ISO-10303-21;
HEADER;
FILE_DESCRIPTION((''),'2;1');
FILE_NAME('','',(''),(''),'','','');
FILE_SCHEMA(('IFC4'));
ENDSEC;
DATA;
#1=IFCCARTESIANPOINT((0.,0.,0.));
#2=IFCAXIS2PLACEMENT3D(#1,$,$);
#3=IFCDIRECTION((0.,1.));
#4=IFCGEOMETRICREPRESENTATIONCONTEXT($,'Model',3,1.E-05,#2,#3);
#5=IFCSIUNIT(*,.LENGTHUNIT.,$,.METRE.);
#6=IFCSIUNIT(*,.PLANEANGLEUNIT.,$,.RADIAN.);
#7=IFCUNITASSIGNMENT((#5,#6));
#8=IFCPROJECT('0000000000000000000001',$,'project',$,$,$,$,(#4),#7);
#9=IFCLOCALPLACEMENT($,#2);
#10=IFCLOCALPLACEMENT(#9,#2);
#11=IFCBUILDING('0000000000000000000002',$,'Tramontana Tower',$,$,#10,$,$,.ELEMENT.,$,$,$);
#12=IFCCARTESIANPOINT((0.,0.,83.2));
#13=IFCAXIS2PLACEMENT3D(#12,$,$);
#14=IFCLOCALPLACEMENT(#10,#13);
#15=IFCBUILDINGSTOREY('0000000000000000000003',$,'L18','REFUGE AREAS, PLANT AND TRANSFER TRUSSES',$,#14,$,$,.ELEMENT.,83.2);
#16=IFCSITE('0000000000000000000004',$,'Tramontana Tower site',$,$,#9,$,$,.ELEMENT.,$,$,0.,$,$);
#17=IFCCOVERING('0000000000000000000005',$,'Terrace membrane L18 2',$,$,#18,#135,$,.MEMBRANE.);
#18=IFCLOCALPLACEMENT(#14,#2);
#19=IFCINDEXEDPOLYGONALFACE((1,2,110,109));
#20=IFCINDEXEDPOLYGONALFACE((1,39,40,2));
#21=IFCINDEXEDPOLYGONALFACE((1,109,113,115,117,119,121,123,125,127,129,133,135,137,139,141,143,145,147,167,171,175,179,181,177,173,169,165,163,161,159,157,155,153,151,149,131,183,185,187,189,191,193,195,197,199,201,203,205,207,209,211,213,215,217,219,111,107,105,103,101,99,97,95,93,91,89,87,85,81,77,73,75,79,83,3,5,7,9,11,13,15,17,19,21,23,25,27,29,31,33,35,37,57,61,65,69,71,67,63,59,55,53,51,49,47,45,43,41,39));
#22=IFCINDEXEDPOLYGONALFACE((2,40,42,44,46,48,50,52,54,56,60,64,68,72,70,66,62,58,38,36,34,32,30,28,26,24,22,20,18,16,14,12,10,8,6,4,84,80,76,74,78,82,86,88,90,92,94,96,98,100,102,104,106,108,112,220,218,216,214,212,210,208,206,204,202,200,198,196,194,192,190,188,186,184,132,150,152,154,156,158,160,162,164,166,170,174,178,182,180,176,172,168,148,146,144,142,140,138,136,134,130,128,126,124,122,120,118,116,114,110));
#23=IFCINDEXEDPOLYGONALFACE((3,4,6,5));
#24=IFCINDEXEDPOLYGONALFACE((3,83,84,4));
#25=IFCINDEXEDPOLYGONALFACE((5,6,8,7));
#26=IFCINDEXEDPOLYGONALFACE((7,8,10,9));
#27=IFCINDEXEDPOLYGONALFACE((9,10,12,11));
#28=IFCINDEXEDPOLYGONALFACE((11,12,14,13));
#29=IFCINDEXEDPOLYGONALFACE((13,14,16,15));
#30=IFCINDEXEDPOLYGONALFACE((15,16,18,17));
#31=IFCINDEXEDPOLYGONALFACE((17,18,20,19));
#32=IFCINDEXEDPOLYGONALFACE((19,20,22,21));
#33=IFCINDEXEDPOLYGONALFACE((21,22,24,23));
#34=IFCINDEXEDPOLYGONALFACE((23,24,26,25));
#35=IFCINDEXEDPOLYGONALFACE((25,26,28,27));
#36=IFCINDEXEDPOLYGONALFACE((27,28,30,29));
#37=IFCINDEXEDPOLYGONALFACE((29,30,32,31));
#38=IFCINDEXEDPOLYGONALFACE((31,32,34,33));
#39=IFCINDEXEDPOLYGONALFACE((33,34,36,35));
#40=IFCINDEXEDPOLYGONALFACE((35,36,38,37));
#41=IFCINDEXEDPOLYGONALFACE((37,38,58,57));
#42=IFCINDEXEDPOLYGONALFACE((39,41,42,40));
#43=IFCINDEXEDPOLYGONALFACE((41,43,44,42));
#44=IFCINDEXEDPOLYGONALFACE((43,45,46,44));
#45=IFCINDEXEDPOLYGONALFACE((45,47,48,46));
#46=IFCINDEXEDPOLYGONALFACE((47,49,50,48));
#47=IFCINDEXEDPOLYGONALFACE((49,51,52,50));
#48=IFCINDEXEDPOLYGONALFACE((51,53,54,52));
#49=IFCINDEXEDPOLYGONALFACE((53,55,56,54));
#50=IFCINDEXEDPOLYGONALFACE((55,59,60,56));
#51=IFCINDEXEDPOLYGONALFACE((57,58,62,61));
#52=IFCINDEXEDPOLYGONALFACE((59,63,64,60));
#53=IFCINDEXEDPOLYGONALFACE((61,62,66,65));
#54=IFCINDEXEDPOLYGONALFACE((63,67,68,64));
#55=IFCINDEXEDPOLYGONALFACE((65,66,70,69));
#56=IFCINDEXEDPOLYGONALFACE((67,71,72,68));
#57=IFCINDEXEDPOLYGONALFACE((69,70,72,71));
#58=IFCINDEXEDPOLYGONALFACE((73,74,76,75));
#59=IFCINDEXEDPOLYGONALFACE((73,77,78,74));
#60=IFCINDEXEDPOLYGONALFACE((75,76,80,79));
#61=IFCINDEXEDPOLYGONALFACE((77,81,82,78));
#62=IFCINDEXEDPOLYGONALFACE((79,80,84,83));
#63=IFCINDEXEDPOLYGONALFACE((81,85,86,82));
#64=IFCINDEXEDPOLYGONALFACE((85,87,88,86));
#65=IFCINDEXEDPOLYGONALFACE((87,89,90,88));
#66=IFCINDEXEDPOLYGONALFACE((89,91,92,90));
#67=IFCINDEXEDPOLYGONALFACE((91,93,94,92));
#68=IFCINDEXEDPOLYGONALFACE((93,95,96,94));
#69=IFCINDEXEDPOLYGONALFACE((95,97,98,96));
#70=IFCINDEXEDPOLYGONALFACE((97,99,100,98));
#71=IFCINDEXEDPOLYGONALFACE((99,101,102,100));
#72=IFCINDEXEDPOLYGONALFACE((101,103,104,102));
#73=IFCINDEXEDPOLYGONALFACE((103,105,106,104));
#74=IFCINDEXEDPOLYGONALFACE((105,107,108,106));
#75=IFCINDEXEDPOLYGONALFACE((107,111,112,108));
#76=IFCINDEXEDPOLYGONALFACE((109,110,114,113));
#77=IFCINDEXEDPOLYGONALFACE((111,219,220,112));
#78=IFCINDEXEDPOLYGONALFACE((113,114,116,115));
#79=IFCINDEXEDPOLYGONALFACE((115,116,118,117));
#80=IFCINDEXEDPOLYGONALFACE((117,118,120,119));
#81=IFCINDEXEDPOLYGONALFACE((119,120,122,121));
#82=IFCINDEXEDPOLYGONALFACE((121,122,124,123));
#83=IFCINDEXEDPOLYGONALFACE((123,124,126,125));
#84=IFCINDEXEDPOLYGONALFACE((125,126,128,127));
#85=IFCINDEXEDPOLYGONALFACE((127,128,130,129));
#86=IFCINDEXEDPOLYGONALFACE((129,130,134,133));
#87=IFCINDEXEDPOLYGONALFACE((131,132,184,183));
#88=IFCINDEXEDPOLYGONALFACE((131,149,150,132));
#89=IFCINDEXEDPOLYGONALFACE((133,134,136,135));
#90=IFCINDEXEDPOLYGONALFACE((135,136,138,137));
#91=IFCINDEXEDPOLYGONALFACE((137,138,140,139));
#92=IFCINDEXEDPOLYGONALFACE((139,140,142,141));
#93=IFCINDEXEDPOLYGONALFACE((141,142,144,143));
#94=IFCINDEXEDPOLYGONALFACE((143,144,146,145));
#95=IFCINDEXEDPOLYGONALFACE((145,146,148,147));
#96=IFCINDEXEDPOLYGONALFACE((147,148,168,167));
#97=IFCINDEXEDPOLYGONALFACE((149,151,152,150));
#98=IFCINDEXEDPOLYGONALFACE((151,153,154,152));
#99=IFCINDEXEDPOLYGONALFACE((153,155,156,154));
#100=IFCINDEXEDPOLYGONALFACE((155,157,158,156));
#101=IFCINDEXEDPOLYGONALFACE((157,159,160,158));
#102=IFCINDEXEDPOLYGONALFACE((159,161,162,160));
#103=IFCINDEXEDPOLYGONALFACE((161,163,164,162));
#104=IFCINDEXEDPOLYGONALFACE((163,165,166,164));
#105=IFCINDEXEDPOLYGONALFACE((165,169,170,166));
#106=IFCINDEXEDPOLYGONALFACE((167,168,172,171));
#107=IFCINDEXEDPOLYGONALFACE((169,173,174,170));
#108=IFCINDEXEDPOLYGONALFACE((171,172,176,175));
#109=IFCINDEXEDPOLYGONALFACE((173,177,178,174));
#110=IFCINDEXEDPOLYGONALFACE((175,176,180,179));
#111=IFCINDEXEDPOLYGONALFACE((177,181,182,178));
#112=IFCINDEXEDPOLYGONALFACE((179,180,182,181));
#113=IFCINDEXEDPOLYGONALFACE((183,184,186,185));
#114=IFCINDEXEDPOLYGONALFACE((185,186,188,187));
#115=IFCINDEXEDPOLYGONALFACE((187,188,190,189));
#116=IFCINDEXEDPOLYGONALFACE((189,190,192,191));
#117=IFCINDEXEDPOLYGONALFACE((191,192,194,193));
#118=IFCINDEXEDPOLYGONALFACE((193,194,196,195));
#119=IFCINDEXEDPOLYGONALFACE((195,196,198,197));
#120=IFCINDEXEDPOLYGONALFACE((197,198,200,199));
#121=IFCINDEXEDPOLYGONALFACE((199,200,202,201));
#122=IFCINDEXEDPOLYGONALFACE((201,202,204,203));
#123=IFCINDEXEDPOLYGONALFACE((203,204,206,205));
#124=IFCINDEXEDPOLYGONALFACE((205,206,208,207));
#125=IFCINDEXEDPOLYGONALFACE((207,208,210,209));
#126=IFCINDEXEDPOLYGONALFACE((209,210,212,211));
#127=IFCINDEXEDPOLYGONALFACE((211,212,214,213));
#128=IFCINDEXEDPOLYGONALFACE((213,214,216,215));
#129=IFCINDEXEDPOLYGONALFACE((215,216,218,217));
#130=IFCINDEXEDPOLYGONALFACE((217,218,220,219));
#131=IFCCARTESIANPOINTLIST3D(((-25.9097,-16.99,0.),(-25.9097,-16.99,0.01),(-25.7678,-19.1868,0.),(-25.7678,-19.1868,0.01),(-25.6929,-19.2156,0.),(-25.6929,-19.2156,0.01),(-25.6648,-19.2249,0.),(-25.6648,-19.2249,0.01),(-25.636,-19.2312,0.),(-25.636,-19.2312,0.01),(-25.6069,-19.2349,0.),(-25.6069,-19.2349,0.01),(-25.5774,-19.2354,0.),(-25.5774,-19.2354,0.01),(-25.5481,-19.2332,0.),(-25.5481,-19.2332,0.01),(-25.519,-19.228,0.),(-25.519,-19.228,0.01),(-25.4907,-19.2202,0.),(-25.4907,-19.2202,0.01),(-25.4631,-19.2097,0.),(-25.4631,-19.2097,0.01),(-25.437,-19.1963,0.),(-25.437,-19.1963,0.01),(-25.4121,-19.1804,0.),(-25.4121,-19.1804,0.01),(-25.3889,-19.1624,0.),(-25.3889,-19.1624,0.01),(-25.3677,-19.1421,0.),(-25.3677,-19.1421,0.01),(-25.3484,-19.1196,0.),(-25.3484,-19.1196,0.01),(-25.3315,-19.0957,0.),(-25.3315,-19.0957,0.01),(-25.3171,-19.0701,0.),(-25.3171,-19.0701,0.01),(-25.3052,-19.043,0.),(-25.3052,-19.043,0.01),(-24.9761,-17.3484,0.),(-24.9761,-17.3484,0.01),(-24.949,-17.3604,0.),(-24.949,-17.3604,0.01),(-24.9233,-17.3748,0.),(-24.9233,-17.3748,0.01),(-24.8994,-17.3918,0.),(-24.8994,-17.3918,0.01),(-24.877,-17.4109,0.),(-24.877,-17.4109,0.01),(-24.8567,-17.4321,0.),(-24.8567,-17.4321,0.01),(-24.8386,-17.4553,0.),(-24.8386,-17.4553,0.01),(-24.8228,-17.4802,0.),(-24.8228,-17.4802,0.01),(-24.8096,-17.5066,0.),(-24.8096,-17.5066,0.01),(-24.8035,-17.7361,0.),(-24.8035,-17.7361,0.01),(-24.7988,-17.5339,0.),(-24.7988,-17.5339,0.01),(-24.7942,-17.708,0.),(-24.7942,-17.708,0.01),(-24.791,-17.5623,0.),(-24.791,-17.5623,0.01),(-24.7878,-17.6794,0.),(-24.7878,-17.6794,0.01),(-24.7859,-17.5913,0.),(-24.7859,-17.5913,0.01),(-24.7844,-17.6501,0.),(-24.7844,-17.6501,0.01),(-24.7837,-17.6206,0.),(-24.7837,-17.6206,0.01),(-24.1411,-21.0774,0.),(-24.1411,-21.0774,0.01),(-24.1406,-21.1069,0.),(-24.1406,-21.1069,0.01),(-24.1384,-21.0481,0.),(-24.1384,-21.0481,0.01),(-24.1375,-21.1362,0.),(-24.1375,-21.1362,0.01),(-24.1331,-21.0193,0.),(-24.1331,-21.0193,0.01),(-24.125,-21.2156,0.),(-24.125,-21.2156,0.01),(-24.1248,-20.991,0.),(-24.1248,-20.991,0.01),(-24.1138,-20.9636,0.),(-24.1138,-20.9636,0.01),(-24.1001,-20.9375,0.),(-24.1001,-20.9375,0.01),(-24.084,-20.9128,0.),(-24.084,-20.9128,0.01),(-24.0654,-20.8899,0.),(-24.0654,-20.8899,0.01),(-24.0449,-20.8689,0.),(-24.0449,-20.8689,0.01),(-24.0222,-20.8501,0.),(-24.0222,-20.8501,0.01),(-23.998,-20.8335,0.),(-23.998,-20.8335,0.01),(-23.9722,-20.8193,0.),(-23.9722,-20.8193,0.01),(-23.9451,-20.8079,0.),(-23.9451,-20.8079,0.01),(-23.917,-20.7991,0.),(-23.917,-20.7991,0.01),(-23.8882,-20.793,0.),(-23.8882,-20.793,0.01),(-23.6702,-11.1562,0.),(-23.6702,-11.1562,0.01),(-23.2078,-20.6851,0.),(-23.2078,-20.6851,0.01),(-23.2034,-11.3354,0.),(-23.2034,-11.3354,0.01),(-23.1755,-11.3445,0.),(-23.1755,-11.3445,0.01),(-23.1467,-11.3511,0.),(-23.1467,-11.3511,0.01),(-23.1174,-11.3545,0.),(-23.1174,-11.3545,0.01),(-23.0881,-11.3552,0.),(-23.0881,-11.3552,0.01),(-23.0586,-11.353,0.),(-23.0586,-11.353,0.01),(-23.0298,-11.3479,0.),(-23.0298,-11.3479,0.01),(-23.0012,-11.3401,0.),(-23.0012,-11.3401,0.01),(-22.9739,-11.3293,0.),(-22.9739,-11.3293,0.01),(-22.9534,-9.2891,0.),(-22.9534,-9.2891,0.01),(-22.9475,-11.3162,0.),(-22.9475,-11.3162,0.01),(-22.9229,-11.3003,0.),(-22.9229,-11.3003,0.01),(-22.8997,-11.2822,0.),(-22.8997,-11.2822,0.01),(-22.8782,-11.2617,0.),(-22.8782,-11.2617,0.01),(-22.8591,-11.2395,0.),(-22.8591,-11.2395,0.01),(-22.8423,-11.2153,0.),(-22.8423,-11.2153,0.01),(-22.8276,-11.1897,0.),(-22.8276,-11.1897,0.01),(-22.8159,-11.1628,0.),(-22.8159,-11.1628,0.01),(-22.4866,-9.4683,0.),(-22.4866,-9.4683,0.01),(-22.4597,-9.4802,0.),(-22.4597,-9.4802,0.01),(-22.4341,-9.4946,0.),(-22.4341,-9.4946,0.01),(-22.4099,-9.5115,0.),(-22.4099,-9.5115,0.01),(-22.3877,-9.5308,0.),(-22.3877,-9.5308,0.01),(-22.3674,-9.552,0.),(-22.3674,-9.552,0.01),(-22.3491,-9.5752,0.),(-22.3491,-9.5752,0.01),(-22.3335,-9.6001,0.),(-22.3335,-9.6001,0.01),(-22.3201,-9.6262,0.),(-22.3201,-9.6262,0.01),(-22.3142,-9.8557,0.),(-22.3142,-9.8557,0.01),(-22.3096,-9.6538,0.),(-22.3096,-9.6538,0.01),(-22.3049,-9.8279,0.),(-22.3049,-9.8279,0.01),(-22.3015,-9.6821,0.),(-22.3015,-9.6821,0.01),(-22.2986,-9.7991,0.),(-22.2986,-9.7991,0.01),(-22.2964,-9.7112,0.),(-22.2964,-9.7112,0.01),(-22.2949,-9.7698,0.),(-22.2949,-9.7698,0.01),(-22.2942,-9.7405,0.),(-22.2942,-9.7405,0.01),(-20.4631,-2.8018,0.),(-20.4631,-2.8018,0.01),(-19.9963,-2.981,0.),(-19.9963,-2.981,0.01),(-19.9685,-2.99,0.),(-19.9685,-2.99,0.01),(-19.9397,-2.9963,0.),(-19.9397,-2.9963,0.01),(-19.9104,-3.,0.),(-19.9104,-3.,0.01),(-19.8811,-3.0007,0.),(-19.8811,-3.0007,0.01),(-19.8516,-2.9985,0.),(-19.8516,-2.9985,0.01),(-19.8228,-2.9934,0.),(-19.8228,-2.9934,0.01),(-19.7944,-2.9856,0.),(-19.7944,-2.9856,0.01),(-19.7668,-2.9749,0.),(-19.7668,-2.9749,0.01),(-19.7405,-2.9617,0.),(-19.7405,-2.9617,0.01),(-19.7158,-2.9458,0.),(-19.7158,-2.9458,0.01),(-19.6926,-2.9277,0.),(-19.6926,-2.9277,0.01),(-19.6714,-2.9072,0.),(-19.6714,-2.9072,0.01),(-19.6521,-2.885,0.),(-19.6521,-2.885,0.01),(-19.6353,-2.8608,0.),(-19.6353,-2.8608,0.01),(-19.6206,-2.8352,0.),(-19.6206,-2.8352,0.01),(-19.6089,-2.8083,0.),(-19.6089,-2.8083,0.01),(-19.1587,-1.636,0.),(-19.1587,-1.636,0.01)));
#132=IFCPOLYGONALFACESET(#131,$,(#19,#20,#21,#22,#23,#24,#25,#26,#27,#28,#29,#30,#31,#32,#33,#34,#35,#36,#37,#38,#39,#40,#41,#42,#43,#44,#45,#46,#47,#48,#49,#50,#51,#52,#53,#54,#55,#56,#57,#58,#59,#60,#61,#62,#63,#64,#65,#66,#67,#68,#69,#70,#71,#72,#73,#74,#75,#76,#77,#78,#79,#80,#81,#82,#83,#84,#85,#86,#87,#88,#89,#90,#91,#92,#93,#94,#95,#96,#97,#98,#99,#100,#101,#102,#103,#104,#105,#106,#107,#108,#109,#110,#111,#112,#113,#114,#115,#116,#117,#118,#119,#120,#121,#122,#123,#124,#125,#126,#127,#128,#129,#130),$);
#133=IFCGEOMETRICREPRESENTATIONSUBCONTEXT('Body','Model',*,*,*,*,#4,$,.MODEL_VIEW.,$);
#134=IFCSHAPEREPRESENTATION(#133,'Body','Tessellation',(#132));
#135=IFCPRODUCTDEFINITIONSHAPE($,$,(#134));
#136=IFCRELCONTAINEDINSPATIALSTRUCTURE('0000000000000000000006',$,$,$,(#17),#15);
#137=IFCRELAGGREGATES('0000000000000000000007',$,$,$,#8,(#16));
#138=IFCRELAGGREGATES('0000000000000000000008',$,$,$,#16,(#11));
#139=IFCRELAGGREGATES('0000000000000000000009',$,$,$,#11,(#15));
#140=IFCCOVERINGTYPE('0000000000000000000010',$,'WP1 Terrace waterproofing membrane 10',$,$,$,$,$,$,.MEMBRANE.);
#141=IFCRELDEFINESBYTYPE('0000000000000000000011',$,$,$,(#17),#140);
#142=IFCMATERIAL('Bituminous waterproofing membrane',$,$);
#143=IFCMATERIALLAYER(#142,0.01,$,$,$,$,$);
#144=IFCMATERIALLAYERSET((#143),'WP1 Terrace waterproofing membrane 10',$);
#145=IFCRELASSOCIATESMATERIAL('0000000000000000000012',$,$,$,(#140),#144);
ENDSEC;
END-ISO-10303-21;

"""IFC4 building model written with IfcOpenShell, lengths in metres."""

from ifc_helpers import new_model, si_unit, direction, frame, origin, place, context, subcontext, project, spatial, polyline, outline, extrude, material, layer, layer_set, type_object, element, save


model = new_model("IFC4")

# Units and contexts
model_context = context("Model", 3, precision=1e-05, world=origin(), true_north=direction((0.0, 1.0)))
body_context = subcontext(model_context, "Body", "Model", "MODEL_VIEW")
ifc_project = project(units=[si_unit("LENGTHUNIT", "METRE"), si_unit("PLANEANGLEUNIT", "RADIAN")], contexts=[model_context])

# Site, building, storey
site_placement = place(None, origin())
site = spatial("IfcSite", under=ifc_project, at=site_placement, Name="Tramontana Tower site", CompositionType="ELEMENT", RefElevation=0.0)
building_placement = place(site_placement, origin())
building = spatial("IfcBuilding", under=site, at=building_placement, Name="Tramontana Tower", CompositionType="ELEMENT")
storey_placement = place(building_placement, frame((0.0, 0.0, 83.2)))
storey = spatial("IfcBuildingStorey", under=building, at=storey_placement, Name="L18", Description="REFUGE AREAS, PLANT AND TRANSFER TRUSSES", CompositionType="ELEMENT", Elevation=83.2)

# Covering
ifc_material_1 = material(Name="Bituminous waterproofing membrane")
ifc_layer_1 = layer(ifc_material_1, 0.01)
ifc_layer_set_1 = layer_set([ifc_layer_1], Name="WP1 Terrace waterproofing membrane 10")
covering_type_1 = type_object("IfcCoveringType", Name="WP1 Terrace waterproofing membrane 10", PredefinedType="MEMBRANE", material=ifc_layer_set_1)
covering_1_placement = place(storey_placement, origin())
element("IfcCovering", 1, at=covering_1_placement, inside=storey, type_object=covering_type_1, Name="Terrace membrane L18 2", PredefinedType="MEMBRANE", context=body_context, shape_type="SweptSolid", body=[
    extrude(outline(polyline([(-25.7678, -19.1868), (-25.6929, -19.2156), (-25.6648, -19.2249), (-25.636, -19.2312), (-25.6069, -19.2349), (-25.5774, -19.2354), (-25.5481, -19.2332), (-25.519, -19.228), (-25.4907, -19.2202), (-25.4631, -19.2097), (-25.437, -19.1963), (-25.4121, -19.1804), (-25.3889, -19.1624), (-25.3677, -19.1421), (-25.3484, -19.1196), (-25.3315, -19.0957), (-25.3171, -19.0701), (-25.3052, -19.043), (-24.8035, -17.7361), (-24.7942, -17.708), (-24.7878, -17.6794), (-24.7844, -17.6501), (-24.7837, -17.6206), (-24.7859, -17.5913), (-24.791, -17.5623), (-24.7988, -17.5339), (-24.8096, -17.5066), (-24.8228, -17.4802), (-24.8386, -17.4553), (-24.8567, -17.4321), (-24.877, -17.4109), (-24.8994, -17.3918), (-24.9233, -17.3748), (-24.949, -17.3604), (-24.9761, -17.3484), (-25.9097, -16.99), (-23.6702, -11.1562), (-23.2034, -11.3354), (-23.1755, -11.3445), (-23.1467, -11.3511), (-23.1174, -11.3545), (-23.0881, -11.3552), (-23.0586, -11.353), (-23.0298, -11.3479), (-23.0012, -11.3401), (-22.9739, -11.3293), (-22.9475, -11.3162), (-22.9229, -11.3003), (-22.8997, -11.2822), (-22.8782, -11.2617), (-22.8591, -11.2395), (-22.8423, -11.2153), (-22.8276, -11.1897), (-22.8159, -11.1628), (-22.3142, -9.8557), (-22.3049, -9.8279), (-22.2986, -9.7991), (-22.2949, -9.7698), (-22.2942, -9.7405), (-22.2964, -9.7112), (-22.3015, -9.6821), (-22.3096, -9.6538), (-22.3201, -9.6262), (-22.3335, -9.6001), (-22.3491, -9.5752), (-22.3674, -9.552), (-22.3877, -9.5308), (-22.4099, -9.5115), (-22.4341, -9.4946), (-22.4597, -9.4802), (-22.4866, -9.4683), (-22.9534, -9.2891), (-20.4631, -2.8018), (-19.9963, -2.981), (-19.9685, -2.99), (-19.9397, -2.9963), (-19.9104, -3.0), (-19.8811, -3.0007), (-19.8516, -2.9985), (-19.8228, -2.9934), (-19.7944, -2.9856), (-19.7668, -2.9749), (-19.7405, -2.9617), (-19.7158, -2.9458), (-19.6926, -2.9277), (-19.6714, -2.9072), (-19.6521, -2.885), (-19.6353, -2.8608), (-19.6206, -2.8352), (-19.6089, -2.8083), (-19.1587, -1.636), (-23.2078, -20.6851), (-23.8882, -20.793), (-23.917, -20.7991), (-23.9451, -20.8079), (-23.9722, -20.8193), (-23.998, -20.8335), (-24.0222, -20.8501), (-24.0449, -20.8689), (-24.0654, -20.8899), (-24.084, -20.9128), (-24.1001, -20.9375), (-24.1138, -20.9636), (-24.1248, -20.991), (-24.1331, -21.0193), (-24.1384, -21.0481), (-24.1411, -21.0774), (-24.1406, -21.1069), (-24.1375, -21.1362), (-24.125, -21.2156), (-25.7678, -19.1868)])), origin(), (0.0, 0.0, 1.0), 0.01),
])

save(model, "model.ifc")
